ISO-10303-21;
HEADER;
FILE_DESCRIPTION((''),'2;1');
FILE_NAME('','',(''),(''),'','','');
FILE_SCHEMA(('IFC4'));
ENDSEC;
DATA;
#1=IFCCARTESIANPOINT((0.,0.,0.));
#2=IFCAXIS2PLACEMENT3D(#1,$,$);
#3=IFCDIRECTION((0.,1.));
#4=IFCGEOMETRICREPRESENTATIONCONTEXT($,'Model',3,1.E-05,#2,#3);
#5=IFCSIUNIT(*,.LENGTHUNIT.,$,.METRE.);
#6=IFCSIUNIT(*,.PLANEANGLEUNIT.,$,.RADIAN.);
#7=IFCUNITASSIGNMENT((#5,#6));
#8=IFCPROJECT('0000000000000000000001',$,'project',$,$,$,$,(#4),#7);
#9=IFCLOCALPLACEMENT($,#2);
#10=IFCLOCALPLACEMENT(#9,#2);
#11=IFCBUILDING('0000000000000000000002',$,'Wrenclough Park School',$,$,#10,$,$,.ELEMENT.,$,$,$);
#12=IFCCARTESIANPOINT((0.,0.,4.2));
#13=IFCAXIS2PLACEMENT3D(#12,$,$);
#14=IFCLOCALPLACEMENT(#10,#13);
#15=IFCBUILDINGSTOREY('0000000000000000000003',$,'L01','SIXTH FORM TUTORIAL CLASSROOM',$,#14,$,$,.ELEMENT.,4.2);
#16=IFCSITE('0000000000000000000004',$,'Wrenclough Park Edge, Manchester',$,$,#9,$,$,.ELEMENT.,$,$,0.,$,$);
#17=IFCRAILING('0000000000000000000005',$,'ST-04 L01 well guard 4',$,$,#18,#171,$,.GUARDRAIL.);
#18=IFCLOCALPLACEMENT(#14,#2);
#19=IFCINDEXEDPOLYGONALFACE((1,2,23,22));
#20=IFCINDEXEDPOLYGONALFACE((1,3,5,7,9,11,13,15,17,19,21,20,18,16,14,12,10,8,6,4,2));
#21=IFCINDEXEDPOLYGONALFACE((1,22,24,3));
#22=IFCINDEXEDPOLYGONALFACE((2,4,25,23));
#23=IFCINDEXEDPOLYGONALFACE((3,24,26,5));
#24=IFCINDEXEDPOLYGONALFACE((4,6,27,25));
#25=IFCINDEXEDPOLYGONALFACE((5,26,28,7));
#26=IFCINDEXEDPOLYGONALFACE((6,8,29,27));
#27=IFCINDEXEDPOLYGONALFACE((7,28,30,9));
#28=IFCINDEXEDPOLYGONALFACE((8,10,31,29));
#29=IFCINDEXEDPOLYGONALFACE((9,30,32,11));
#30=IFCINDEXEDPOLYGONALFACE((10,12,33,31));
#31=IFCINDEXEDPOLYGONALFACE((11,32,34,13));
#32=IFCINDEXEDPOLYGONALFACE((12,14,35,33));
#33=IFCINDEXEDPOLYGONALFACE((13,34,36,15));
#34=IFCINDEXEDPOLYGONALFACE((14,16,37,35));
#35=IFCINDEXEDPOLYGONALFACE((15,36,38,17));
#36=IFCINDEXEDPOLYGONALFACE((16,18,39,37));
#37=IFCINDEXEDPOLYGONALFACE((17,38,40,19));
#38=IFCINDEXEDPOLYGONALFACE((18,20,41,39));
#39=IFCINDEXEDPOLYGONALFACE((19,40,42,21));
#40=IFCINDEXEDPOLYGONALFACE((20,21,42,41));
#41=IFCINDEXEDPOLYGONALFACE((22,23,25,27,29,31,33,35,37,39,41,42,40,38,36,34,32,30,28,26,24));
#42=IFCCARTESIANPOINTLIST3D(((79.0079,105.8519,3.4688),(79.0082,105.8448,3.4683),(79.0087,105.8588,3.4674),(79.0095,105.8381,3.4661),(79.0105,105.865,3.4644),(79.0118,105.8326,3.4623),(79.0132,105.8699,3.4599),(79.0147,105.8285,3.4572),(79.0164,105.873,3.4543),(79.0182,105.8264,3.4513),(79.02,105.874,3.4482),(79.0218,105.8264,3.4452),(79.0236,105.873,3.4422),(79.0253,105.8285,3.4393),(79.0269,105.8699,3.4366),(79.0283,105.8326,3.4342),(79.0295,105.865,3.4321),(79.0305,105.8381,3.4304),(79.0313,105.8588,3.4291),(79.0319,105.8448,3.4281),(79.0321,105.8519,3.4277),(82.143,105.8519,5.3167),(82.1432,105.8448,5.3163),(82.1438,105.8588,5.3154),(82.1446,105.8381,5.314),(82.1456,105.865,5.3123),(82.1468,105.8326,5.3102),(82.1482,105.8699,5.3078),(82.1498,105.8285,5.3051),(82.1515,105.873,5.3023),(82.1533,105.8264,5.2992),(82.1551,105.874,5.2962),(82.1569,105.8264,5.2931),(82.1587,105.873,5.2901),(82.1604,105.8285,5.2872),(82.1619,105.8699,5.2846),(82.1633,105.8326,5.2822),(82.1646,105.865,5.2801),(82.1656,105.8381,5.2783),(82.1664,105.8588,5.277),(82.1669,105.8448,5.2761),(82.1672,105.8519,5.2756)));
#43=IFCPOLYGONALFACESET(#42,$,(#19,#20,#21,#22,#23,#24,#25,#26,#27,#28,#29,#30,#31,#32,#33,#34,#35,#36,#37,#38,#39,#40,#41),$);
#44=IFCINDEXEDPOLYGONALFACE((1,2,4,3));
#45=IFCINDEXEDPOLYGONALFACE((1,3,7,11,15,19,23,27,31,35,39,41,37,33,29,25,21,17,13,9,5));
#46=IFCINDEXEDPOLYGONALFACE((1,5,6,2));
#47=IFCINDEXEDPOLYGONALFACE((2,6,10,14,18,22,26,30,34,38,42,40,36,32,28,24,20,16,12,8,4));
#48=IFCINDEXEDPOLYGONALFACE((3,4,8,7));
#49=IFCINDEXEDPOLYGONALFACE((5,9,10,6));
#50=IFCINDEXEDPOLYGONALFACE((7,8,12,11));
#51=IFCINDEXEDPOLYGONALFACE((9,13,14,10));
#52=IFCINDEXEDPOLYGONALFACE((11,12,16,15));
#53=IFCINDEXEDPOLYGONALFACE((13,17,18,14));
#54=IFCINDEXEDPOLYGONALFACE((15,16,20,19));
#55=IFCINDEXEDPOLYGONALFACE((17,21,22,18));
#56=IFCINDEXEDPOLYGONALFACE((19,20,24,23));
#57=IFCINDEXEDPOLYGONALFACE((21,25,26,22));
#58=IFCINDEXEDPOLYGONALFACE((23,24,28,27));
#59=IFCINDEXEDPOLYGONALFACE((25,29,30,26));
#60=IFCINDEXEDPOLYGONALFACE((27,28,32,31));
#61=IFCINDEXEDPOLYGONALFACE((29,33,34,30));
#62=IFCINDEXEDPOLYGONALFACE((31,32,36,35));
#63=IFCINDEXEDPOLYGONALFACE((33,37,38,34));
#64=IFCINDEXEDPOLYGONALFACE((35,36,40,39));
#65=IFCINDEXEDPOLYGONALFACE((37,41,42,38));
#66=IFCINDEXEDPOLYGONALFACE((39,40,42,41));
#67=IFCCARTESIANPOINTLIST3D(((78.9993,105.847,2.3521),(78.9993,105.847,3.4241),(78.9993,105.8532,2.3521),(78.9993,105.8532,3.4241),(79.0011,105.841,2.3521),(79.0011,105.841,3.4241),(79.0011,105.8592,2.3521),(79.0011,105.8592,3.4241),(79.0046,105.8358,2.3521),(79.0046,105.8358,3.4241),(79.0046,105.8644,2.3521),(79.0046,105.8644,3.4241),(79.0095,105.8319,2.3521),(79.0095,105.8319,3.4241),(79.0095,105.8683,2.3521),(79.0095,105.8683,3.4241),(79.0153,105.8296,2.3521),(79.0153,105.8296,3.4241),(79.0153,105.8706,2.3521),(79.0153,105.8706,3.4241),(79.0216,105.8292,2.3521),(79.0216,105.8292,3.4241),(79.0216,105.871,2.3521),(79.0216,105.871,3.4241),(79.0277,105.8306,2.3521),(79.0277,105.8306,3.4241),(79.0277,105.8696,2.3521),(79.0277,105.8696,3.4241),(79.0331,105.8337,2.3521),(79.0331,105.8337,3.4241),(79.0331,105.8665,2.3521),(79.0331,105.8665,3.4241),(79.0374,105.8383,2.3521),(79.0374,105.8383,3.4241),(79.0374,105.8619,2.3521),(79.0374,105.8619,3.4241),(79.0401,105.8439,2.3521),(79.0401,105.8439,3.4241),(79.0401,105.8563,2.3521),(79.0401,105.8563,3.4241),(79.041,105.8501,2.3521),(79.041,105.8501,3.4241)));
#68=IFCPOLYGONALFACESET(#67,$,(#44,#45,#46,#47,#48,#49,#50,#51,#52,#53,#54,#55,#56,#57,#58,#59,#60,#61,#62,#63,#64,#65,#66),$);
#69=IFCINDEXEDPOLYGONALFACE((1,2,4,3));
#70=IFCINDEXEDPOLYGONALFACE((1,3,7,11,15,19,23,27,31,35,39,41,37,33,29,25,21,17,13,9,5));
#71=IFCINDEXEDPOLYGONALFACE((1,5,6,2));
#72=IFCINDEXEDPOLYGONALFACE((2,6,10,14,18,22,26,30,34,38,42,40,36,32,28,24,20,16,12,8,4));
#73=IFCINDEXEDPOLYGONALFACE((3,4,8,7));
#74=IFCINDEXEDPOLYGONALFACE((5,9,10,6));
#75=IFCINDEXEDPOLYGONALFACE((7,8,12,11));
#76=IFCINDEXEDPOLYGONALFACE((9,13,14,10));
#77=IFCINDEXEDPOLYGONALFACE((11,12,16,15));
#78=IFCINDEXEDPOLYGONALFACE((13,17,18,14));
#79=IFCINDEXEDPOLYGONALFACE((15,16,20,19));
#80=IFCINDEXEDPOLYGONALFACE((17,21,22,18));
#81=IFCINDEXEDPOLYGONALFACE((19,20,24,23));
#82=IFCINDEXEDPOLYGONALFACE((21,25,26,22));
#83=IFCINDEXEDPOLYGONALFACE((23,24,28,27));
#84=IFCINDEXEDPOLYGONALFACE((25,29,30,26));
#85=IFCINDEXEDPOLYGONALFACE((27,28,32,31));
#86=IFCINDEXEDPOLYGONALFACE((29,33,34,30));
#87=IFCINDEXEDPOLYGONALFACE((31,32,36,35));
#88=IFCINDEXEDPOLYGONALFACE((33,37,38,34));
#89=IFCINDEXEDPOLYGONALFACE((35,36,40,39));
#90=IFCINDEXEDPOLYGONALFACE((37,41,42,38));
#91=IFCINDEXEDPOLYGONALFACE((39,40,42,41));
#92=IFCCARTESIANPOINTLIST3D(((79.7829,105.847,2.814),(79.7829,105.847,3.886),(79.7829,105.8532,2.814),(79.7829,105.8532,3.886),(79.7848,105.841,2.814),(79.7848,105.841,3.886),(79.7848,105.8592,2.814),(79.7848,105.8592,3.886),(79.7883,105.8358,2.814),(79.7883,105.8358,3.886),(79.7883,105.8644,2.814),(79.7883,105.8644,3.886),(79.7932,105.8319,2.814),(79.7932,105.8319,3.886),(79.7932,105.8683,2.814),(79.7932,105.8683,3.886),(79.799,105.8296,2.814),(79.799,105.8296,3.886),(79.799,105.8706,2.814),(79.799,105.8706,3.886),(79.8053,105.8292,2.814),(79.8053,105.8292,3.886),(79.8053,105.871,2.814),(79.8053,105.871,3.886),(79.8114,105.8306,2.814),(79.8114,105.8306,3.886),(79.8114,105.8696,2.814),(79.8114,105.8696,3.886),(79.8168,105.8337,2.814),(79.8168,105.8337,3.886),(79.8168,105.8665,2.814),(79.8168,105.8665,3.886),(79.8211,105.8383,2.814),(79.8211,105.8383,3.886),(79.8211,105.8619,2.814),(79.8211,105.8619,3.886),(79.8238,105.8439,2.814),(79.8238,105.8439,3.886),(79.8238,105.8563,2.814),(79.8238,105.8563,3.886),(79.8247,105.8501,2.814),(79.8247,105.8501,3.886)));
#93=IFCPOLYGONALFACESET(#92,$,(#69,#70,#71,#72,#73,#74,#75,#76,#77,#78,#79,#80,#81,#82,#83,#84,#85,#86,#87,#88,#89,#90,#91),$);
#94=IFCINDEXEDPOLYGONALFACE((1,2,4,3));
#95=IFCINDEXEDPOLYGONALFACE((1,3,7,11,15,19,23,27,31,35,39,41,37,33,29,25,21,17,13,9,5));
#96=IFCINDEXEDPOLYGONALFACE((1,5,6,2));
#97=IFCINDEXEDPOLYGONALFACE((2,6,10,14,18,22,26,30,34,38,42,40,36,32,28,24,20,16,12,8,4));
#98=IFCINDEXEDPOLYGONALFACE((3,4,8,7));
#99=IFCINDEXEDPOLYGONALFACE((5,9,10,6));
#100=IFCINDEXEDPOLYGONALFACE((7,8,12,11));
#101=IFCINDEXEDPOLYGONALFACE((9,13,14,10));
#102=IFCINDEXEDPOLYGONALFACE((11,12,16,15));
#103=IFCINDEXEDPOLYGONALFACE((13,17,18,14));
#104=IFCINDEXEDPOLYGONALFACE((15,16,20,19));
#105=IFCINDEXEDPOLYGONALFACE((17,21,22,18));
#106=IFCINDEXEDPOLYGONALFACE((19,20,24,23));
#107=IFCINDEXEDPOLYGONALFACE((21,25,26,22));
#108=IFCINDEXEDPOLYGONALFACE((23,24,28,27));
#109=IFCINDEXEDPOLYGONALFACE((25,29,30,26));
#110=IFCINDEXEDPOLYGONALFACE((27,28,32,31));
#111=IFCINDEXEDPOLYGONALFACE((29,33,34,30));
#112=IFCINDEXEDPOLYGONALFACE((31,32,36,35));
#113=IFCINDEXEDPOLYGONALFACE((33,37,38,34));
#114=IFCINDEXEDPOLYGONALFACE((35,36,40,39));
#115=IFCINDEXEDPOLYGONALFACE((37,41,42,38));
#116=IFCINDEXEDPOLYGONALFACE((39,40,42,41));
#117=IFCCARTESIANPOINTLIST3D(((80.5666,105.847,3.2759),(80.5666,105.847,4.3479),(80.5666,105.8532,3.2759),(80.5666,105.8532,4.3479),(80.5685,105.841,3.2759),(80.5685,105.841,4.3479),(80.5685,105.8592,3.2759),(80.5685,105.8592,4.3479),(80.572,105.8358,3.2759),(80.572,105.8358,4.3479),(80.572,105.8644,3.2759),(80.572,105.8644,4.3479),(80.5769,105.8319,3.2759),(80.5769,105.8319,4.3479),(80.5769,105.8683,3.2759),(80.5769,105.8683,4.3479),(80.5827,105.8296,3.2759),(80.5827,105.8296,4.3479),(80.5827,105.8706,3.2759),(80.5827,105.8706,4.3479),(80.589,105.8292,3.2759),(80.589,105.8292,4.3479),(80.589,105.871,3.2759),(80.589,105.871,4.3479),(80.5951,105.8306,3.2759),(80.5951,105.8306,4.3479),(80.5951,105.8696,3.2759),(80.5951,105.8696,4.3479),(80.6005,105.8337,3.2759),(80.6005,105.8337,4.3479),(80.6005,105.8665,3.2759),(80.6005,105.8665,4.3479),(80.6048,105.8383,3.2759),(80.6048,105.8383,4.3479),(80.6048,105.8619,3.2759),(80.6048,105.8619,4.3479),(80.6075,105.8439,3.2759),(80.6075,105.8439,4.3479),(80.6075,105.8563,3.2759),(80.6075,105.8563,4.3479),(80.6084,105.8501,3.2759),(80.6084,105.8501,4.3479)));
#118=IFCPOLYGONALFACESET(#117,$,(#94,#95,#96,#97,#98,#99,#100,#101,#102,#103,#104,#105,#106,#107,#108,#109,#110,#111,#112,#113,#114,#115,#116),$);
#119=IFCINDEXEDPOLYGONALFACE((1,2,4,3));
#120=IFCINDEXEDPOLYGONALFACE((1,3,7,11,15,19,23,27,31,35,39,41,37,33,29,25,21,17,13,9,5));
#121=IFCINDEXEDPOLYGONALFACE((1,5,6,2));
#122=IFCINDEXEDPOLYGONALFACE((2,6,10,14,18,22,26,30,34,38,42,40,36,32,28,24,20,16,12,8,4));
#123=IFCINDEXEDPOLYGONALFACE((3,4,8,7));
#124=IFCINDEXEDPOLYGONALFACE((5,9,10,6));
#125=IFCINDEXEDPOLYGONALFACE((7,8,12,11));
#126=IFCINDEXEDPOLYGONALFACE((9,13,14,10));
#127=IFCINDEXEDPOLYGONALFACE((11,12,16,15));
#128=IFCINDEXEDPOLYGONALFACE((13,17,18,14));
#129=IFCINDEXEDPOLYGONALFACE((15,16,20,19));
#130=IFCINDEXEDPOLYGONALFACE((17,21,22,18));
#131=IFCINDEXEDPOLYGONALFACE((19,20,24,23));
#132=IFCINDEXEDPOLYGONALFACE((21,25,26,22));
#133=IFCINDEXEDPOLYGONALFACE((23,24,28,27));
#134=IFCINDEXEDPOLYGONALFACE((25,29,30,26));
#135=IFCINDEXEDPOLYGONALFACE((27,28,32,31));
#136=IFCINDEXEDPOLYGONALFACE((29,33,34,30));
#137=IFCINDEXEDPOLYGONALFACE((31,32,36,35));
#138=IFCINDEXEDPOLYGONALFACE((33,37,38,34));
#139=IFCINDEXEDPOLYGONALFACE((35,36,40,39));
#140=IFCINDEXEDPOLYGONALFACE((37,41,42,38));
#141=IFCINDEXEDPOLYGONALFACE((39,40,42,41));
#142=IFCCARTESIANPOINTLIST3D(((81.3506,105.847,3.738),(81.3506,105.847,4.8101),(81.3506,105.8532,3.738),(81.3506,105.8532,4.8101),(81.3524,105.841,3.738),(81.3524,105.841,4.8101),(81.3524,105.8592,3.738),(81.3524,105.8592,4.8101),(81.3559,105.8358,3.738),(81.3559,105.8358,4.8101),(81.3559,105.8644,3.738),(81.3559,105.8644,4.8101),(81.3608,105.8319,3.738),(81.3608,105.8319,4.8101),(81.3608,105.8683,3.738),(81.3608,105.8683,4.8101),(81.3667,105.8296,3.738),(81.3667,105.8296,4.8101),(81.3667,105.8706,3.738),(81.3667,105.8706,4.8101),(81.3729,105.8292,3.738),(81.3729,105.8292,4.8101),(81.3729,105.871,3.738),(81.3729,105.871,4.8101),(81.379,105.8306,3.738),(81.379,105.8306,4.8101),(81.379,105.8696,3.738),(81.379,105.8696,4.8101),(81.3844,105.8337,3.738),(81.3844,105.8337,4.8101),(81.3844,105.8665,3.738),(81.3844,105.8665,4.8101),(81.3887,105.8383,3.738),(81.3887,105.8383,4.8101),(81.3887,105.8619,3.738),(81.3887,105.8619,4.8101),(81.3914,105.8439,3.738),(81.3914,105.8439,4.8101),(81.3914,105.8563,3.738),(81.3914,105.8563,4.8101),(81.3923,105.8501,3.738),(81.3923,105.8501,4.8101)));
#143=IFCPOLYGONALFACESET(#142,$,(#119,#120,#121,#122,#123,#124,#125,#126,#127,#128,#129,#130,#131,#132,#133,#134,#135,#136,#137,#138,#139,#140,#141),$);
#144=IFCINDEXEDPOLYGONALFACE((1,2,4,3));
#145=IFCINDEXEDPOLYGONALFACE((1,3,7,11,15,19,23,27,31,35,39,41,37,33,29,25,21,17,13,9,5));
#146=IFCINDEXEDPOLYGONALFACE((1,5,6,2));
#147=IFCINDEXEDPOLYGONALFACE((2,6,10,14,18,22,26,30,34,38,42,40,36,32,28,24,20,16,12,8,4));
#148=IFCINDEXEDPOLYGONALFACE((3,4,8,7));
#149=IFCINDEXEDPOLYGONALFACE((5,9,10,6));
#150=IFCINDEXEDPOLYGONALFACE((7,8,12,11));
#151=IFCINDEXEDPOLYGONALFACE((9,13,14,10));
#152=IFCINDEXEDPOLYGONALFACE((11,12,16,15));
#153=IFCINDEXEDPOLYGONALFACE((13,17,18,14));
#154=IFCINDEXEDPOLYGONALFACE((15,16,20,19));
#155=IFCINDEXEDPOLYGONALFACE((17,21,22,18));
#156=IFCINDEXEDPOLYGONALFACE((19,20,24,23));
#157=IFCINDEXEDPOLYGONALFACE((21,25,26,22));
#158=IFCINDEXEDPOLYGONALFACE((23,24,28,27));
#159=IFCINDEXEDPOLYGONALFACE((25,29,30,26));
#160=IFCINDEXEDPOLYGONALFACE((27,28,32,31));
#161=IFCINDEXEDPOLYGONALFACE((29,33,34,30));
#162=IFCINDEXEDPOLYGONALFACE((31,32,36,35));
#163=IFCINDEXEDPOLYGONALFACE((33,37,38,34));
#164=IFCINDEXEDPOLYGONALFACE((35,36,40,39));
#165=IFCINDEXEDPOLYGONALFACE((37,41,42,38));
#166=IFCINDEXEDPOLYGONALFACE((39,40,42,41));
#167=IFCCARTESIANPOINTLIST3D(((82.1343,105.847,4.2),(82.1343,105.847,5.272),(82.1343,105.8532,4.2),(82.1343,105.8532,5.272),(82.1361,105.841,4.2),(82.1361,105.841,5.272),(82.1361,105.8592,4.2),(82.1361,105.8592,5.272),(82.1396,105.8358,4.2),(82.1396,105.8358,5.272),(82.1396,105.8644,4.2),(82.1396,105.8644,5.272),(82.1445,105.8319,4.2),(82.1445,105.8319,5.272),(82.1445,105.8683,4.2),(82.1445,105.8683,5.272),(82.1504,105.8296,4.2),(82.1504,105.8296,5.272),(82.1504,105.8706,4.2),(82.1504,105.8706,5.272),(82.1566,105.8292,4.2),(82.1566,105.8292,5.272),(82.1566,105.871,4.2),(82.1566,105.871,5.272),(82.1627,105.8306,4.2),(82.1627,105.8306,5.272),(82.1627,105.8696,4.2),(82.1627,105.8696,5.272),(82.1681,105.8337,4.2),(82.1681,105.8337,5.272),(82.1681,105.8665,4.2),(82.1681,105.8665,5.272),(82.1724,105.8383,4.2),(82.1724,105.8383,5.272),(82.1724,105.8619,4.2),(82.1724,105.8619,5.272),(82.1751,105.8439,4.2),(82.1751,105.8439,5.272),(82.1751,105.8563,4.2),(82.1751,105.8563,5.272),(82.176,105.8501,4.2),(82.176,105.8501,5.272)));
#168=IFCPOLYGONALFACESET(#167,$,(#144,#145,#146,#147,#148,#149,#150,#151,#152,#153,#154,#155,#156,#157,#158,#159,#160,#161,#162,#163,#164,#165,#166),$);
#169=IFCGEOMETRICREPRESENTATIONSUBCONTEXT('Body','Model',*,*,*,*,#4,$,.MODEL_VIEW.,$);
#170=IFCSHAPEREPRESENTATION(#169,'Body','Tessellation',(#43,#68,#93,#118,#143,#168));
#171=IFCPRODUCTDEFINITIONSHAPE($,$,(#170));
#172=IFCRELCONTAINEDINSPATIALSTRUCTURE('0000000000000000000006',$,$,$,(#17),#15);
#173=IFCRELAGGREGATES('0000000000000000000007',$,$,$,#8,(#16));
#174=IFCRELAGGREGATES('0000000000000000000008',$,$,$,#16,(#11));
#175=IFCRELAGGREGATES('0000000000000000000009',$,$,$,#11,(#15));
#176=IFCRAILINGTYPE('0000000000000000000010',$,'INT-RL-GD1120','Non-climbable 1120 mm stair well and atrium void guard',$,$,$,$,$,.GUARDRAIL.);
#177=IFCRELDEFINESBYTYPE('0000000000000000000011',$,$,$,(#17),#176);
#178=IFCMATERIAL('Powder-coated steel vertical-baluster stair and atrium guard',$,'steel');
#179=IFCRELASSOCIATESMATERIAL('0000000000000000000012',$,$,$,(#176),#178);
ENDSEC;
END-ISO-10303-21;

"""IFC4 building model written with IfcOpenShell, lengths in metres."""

from ifc_helpers import new_model, si_unit, direction, frame, origin, origin_2d, place, context, subcontext, project, spatial, circle, extrude, material, type_object, element, save


model = new_model("IFC4")

# Units and contexts
model_context = context("Model", 3, precision=1e-05, world=origin(), true_north=direction((0.0, 1.0)))
body_context = subcontext(model_context, "Body", "Model", "MODEL_VIEW")
ifc_project = project(units=[si_unit("LENGTHUNIT", "METRE"), si_unit("PLANEANGLEUNIT", "RADIAN")], contexts=[model_context])

# Site, building, storey
site_placement = place(None, origin())
site = spatial("IfcSite", under=ifc_project, at=site_placement, Name="Wrenclough Park Edge, Manchester", CompositionType="ELEMENT", RefElevation=0.0)
building_placement = place(site_placement, origin())
building = spatial("IfcBuilding", under=site, at=building_placement, Name="Wrenclough Park School", CompositionType="ELEMENT")
storey_placement = place(building_placement, frame((0.0, 0.0, 4.2)))
storey = spatial("IfcBuildingStorey", under=building, at=storey_placement, Name="L01", Description="SIXTH FORM TUTORIAL CLASSROOM", CompositionType="ELEMENT", Elevation=4.2)

# Railing
ifc_material_1 = material(Name="Powder-coated steel vertical-baluster stair and atrium guard", Category="steel")
railing_type_1 = type_object("IfcRailingType", Name="INT-RL-GD1120", Description="Non-climbable 1120 mm stair well and atrium void guard", PredefinedType="GUARDRAIL", material=ifc_material_1)
railing_1_placement = place(storey_placement, frame((79.02, 105.8501, 2.3521)))
element("IfcRailing", 1, at=railing_1_placement, inside=storey, type_object=railing_type_1, Name="ST-04 L01 well guard 4", PredefinedType="GUARDRAIL", context=body_context, shape_type="SweptSolid", body=[
    extrude(circle(Radius=0.0239, at=origin_2d()), frame((0.0, 0.0, 1.0962), z_axis=(0.86148, 0.0, 0.507791), x_axis=(0.0, 1.0, 0.0)), (0.0, 0.0, 1.0), 3.6392),
    extrude(circle(Radius=0.021, at=origin_2d()), origin(), (0.0, 0.0, 1.0), 1.072),
    extrude(circle(Radius=0.021, at=origin_2d()), frame((0.7837, 0.0, 0.4619)), (0.0, 0.0, 1.0), 1.072),
    extrude(circle(Radius=0.021, at=origin_2d()), frame((1.5674, 0.0, 0.9238)), (0.0, 0.0, 1.0), 1.072),
    extrude(circle(Radius=0.021, at=origin_2d()), frame((2.3513, 0.0, 1.386)), (0.0, 0.0, 1.0), 1.072),
    extrude(circle(Radius=0.021, at=origin_2d()), frame((3.135, 0.0, 1.8479)), (0.0, 0.0, 1.0), 1.072),
])

save(model, "model.ifc")
